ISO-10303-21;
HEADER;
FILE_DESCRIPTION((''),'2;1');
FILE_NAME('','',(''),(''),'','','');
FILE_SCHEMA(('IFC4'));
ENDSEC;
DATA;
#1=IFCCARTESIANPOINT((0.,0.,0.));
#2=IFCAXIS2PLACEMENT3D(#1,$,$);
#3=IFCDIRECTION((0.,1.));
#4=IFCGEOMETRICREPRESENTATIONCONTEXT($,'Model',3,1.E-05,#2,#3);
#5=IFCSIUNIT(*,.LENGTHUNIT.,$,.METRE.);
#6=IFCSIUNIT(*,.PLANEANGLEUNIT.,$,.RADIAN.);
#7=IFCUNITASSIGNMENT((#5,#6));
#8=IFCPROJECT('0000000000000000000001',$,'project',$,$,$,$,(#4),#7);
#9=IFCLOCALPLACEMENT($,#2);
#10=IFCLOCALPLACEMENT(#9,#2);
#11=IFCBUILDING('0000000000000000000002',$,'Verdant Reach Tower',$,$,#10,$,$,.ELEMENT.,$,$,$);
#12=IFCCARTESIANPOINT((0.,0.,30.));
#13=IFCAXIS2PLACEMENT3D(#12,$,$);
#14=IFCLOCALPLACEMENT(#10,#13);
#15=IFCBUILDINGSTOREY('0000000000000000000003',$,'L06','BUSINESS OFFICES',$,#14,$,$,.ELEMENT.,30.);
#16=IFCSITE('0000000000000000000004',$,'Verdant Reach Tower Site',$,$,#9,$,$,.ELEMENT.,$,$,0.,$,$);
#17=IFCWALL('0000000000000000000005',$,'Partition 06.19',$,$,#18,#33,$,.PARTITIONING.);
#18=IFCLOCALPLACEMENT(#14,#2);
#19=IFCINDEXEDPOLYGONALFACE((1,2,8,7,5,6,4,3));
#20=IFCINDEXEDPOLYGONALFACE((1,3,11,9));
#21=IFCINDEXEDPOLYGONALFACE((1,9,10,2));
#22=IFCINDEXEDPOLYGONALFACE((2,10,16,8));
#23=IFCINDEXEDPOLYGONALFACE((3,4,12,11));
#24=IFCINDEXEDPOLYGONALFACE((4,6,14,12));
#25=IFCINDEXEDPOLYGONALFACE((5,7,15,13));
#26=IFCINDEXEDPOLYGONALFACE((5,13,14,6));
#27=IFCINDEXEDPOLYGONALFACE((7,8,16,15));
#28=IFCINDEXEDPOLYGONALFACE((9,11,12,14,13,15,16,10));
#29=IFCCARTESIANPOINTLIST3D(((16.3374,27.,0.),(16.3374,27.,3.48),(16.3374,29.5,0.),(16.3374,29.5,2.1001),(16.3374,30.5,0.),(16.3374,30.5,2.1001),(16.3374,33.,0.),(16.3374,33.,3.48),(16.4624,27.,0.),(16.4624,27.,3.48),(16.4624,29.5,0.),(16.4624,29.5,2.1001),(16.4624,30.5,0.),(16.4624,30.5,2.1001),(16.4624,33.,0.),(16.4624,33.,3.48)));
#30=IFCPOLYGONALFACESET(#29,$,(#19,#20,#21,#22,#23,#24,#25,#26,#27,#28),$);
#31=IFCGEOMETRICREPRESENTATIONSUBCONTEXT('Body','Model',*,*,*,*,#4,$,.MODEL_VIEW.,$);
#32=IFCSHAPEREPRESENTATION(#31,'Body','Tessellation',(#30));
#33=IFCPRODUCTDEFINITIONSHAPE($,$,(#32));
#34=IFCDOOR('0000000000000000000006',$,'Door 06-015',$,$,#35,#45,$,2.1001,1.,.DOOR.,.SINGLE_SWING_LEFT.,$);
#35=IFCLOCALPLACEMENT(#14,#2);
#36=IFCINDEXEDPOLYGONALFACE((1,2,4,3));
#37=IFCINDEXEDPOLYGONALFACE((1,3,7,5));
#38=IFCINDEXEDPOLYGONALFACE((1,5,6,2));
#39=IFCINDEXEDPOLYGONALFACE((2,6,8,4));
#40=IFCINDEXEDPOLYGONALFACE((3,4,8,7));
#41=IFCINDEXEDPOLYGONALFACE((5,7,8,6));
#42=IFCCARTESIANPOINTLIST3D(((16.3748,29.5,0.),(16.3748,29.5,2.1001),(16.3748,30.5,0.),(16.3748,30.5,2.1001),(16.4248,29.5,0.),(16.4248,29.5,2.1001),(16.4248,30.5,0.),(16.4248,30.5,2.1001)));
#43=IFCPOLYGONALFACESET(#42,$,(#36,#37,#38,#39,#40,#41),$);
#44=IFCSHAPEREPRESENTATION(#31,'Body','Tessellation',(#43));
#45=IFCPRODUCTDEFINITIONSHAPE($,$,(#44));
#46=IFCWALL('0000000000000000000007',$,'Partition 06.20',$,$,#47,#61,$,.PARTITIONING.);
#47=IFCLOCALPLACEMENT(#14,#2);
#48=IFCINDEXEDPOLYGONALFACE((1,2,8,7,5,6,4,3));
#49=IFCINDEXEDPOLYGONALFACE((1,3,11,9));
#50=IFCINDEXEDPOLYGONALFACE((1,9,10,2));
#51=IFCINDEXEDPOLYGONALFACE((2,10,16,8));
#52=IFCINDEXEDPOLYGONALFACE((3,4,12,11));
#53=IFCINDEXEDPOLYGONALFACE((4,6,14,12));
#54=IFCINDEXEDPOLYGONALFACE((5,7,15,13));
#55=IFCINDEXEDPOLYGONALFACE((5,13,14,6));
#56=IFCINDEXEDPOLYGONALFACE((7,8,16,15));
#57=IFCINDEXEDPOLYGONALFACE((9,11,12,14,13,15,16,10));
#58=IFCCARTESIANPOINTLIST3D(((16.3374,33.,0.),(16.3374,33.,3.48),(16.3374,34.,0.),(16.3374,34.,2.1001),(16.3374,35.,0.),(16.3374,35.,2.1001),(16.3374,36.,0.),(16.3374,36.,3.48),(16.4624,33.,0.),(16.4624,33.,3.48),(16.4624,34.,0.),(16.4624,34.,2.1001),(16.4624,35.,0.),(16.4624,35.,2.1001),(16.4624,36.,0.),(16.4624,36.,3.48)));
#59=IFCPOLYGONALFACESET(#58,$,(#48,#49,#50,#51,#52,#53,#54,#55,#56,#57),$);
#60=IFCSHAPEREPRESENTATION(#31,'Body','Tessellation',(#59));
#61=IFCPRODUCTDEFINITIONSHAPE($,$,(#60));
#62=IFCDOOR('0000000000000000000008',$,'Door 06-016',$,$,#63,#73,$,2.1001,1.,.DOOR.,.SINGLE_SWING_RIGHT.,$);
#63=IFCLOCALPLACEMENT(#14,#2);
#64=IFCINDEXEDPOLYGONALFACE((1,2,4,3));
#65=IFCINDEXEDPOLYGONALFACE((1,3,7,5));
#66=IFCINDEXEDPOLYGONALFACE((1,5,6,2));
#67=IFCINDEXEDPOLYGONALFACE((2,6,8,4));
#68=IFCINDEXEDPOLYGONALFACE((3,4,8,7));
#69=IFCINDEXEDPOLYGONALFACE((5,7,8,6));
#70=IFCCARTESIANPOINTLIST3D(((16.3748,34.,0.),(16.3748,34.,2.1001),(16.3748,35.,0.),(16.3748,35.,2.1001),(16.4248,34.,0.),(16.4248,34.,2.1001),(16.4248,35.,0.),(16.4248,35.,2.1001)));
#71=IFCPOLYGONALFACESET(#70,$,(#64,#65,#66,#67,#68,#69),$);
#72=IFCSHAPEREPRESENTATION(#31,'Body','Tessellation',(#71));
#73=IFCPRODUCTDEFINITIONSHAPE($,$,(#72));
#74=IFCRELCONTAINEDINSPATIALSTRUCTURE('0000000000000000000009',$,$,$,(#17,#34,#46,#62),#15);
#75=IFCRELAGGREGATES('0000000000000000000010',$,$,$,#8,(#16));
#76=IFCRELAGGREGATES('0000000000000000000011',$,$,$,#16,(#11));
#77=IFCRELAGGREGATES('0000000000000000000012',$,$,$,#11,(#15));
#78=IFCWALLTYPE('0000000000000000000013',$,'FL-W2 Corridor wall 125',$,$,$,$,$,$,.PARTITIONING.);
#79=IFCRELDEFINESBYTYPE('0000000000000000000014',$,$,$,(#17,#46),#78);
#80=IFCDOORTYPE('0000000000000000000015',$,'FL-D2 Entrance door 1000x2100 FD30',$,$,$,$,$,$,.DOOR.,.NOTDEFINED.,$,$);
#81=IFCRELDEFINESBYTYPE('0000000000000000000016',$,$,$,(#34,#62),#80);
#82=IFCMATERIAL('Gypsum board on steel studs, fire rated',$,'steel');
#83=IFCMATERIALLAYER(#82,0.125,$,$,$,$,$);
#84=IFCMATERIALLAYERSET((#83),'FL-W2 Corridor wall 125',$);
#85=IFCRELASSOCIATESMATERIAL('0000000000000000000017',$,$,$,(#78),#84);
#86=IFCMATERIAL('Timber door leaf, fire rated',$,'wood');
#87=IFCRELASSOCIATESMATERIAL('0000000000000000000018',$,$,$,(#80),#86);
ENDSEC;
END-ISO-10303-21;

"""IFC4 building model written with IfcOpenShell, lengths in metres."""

from ifc_helpers import new_model, si_unit, direction, frame, frame_2d, origin, place, context, subcontext, project, spatial, rectangle, extrude, material, layer, layer_set, type_object, element, fill, save


model = new_model("IFC4")

# Units and contexts
model_context = context("Model", 3, precision=1e-05, world=origin(), true_north=direction((0.0, 1.0)))
body_context = subcontext(model_context, "Body", "Model", "MODEL_VIEW")
ifc_project = project(units=[si_unit("LENGTHUNIT", "METRE"), si_unit("PLANEANGLEUNIT", "RADIAN")], contexts=[model_context])

# Site, building, storey
site_placement = place(None, origin())
site = spatial("IfcSite", under=ifc_project, at=site_placement, Name="Verdant Reach Tower Site", CompositionType="ELEMENT", RefElevation=0.0)
building_placement = place(site_placement, origin())
building = spatial("IfcBuilding", under=site, at=building_placement, Name="Verdant Reach Tower", CompositionType="ELEMENT")
storey_placement = place(building_placement, frame((0.0, 0.0, 30.0)))
storey = spatial("IfcBuildingStorey", under=building, at=storey_placement, Name="L06", Description="BUSINESS OFFICES", CompositionType="ELEMENT", Elevation=30.0)

# Walls, openings, doors
ifc_material_1 = material(Name="Gypsum board on steel studs, fire rated", Category="steel")
ifc_layer_1 = layer(ifc_material_1, 0.125)
ifc_layer_set_1 = layer_set([ifc_layer_1], Name="FL-W2 Corridor wall 125")
wall_type_1 = type_object("IfcWallType", Name="FL-W2 Corridor wall 125", PredefinedType="PARTITIONING", material=ifc_layer_set_1)
ifc_material_2 = material(Name="Timber door leaf, fire rated", Category="wood")
door_type = type_object("IfcDoorType", Name="FL-D2 Entrance door 1000x2100 FD30", OperationType="NOTDEFINED", PredefinedType="DOOR", material=ifc_material_2)
wall_1_placement = place(storey_placement, frame((16.3999, 33.0, 0.0), z_axis=(0.0, 0.0, 1.0), x_axis=(0.0, -1.0, 0.0)))
wall_1 = element("IfcWall", 1, at=wall_1_placement, inside=storey, type_object=wall_type_1, Name="Partition 06.19", PredefinedType="PARTITIONING", context=body_context, shape_type="SweptSolid", body=[
    extrude(rectangle(XDim=6.0, YDim=0.125, at=frame_2d((3.0, 0.0))), origin(), (0.0, 0.0, 1.0), 3.48),
])
opening_1_placement = place(wall_1_placement, frame((2.5, 0.0, 0.0)))
opening_1 = element("IfcOpeningElement", 2, at=opening_1_placement, cuts=wall_1, PredefinedType="OPENING", context=body_context, shape_type="SweptSolid", body=[
    extrude(rectangle(XDim=1.0, YDim=2.1001, at=frame_2d((0.5, 1.05))), frame((0.0, 0.0725, 0.0), z_axis=(0.0, -1.0, 0.0), x_axis=(1.0, 0.0, 0.0)), (0.0, 0.0, 1.0), 0.145),
])
door_1_placement = place(opening_1_placement, origin())
door_1 = element("IfcDoor", 3, at=door_1_placement, inside=storey, type_object=door_type, Name="Door 06-015", OperationType="SINGLE_SWING_LEFT", OverallHeight=2.1001, OverallWidth=1.0, PredefinedType="DOOR", context=body_context, shape_type="SweptSolid", body=[
    extrude(rectangle(XDim=1.0, YDim=2.1001, at=frame_2d((0.5, 1.05))), frame((0.0, 0.0249, 0.0), z_axis=(0.0, -1.0, 0.0), x_axis=(1.0, 0.0, 0.0)), (0.0, 0.0, 1.0), 0.05),
])
fill(opening_1, door_1)
wall_2_placement = place(storey_placement, frame((16.3999, 36.0, 0.0), z_axis=(0.0, 0.0, 1.0), x_axis=(0.0, -1.0, 0.0)))
wall_2 = element("IfcWall", 4, at=wall_2_placement, inside=storey, type_object=wall_type_1, Name="Partition 06.20", PredefinedType="PARTITIONING", context=body_context, shape_type="SweptSolid", body=[
    extrude(rectangle(XDim=3.0, YDim=0.125, at=frame_2d((1.5, 0.0))), origin(), (0.0, 0.0, 1.0), 3.48),
])
opening_2_placement = place(wall_2_placement, frame((1.0, 0.0, 0.0)))
opening_2 = element("IfcOpeningElement", 5, at=opening_2_placement, cuts=wall_2, PredefinedType="OPENING", context=body_context, shape_type="SweptSolid", body=[
    extrude(rectangle(XDim=1.0, YDim=2.1001, at=frame_2d((0.5, 1.05))), frame((0.0, 0.0725, 0.0), z_axis=(0.0, -1.0, 0.0), x_axis=(1.0, 0.0, 0.0)), (0.0, 0.0, 1.0), 0.145),
])
door_2_placement = place(opening_2_placement, origin())
door_2 = element("IfcDoor", 6, at=door_2_placement, inside=storey, type_object=door_type, Name="Door 06-016", OperationType="SINGLE_SWING_RIGHT", OverallHeight=2.1001, OverallWidth=1.0, PredefinedType="DOOR", context=body_context, shape_type="SweptSolid", body=[
    extrude(rectangle(XDim=1.0, YDim=2.1001, at=frame_2d((0.5, 1.05))), frame((0.0, 0.0249, 0.0), z_axis=(0.0, -1.0, 0.0), x_axis=(1.0, 0.0, 0.0)), (0.0, 0.0, 1.0), 0.05),
])
fill(opening_2, door_2)

save(model, "model.ifc")
